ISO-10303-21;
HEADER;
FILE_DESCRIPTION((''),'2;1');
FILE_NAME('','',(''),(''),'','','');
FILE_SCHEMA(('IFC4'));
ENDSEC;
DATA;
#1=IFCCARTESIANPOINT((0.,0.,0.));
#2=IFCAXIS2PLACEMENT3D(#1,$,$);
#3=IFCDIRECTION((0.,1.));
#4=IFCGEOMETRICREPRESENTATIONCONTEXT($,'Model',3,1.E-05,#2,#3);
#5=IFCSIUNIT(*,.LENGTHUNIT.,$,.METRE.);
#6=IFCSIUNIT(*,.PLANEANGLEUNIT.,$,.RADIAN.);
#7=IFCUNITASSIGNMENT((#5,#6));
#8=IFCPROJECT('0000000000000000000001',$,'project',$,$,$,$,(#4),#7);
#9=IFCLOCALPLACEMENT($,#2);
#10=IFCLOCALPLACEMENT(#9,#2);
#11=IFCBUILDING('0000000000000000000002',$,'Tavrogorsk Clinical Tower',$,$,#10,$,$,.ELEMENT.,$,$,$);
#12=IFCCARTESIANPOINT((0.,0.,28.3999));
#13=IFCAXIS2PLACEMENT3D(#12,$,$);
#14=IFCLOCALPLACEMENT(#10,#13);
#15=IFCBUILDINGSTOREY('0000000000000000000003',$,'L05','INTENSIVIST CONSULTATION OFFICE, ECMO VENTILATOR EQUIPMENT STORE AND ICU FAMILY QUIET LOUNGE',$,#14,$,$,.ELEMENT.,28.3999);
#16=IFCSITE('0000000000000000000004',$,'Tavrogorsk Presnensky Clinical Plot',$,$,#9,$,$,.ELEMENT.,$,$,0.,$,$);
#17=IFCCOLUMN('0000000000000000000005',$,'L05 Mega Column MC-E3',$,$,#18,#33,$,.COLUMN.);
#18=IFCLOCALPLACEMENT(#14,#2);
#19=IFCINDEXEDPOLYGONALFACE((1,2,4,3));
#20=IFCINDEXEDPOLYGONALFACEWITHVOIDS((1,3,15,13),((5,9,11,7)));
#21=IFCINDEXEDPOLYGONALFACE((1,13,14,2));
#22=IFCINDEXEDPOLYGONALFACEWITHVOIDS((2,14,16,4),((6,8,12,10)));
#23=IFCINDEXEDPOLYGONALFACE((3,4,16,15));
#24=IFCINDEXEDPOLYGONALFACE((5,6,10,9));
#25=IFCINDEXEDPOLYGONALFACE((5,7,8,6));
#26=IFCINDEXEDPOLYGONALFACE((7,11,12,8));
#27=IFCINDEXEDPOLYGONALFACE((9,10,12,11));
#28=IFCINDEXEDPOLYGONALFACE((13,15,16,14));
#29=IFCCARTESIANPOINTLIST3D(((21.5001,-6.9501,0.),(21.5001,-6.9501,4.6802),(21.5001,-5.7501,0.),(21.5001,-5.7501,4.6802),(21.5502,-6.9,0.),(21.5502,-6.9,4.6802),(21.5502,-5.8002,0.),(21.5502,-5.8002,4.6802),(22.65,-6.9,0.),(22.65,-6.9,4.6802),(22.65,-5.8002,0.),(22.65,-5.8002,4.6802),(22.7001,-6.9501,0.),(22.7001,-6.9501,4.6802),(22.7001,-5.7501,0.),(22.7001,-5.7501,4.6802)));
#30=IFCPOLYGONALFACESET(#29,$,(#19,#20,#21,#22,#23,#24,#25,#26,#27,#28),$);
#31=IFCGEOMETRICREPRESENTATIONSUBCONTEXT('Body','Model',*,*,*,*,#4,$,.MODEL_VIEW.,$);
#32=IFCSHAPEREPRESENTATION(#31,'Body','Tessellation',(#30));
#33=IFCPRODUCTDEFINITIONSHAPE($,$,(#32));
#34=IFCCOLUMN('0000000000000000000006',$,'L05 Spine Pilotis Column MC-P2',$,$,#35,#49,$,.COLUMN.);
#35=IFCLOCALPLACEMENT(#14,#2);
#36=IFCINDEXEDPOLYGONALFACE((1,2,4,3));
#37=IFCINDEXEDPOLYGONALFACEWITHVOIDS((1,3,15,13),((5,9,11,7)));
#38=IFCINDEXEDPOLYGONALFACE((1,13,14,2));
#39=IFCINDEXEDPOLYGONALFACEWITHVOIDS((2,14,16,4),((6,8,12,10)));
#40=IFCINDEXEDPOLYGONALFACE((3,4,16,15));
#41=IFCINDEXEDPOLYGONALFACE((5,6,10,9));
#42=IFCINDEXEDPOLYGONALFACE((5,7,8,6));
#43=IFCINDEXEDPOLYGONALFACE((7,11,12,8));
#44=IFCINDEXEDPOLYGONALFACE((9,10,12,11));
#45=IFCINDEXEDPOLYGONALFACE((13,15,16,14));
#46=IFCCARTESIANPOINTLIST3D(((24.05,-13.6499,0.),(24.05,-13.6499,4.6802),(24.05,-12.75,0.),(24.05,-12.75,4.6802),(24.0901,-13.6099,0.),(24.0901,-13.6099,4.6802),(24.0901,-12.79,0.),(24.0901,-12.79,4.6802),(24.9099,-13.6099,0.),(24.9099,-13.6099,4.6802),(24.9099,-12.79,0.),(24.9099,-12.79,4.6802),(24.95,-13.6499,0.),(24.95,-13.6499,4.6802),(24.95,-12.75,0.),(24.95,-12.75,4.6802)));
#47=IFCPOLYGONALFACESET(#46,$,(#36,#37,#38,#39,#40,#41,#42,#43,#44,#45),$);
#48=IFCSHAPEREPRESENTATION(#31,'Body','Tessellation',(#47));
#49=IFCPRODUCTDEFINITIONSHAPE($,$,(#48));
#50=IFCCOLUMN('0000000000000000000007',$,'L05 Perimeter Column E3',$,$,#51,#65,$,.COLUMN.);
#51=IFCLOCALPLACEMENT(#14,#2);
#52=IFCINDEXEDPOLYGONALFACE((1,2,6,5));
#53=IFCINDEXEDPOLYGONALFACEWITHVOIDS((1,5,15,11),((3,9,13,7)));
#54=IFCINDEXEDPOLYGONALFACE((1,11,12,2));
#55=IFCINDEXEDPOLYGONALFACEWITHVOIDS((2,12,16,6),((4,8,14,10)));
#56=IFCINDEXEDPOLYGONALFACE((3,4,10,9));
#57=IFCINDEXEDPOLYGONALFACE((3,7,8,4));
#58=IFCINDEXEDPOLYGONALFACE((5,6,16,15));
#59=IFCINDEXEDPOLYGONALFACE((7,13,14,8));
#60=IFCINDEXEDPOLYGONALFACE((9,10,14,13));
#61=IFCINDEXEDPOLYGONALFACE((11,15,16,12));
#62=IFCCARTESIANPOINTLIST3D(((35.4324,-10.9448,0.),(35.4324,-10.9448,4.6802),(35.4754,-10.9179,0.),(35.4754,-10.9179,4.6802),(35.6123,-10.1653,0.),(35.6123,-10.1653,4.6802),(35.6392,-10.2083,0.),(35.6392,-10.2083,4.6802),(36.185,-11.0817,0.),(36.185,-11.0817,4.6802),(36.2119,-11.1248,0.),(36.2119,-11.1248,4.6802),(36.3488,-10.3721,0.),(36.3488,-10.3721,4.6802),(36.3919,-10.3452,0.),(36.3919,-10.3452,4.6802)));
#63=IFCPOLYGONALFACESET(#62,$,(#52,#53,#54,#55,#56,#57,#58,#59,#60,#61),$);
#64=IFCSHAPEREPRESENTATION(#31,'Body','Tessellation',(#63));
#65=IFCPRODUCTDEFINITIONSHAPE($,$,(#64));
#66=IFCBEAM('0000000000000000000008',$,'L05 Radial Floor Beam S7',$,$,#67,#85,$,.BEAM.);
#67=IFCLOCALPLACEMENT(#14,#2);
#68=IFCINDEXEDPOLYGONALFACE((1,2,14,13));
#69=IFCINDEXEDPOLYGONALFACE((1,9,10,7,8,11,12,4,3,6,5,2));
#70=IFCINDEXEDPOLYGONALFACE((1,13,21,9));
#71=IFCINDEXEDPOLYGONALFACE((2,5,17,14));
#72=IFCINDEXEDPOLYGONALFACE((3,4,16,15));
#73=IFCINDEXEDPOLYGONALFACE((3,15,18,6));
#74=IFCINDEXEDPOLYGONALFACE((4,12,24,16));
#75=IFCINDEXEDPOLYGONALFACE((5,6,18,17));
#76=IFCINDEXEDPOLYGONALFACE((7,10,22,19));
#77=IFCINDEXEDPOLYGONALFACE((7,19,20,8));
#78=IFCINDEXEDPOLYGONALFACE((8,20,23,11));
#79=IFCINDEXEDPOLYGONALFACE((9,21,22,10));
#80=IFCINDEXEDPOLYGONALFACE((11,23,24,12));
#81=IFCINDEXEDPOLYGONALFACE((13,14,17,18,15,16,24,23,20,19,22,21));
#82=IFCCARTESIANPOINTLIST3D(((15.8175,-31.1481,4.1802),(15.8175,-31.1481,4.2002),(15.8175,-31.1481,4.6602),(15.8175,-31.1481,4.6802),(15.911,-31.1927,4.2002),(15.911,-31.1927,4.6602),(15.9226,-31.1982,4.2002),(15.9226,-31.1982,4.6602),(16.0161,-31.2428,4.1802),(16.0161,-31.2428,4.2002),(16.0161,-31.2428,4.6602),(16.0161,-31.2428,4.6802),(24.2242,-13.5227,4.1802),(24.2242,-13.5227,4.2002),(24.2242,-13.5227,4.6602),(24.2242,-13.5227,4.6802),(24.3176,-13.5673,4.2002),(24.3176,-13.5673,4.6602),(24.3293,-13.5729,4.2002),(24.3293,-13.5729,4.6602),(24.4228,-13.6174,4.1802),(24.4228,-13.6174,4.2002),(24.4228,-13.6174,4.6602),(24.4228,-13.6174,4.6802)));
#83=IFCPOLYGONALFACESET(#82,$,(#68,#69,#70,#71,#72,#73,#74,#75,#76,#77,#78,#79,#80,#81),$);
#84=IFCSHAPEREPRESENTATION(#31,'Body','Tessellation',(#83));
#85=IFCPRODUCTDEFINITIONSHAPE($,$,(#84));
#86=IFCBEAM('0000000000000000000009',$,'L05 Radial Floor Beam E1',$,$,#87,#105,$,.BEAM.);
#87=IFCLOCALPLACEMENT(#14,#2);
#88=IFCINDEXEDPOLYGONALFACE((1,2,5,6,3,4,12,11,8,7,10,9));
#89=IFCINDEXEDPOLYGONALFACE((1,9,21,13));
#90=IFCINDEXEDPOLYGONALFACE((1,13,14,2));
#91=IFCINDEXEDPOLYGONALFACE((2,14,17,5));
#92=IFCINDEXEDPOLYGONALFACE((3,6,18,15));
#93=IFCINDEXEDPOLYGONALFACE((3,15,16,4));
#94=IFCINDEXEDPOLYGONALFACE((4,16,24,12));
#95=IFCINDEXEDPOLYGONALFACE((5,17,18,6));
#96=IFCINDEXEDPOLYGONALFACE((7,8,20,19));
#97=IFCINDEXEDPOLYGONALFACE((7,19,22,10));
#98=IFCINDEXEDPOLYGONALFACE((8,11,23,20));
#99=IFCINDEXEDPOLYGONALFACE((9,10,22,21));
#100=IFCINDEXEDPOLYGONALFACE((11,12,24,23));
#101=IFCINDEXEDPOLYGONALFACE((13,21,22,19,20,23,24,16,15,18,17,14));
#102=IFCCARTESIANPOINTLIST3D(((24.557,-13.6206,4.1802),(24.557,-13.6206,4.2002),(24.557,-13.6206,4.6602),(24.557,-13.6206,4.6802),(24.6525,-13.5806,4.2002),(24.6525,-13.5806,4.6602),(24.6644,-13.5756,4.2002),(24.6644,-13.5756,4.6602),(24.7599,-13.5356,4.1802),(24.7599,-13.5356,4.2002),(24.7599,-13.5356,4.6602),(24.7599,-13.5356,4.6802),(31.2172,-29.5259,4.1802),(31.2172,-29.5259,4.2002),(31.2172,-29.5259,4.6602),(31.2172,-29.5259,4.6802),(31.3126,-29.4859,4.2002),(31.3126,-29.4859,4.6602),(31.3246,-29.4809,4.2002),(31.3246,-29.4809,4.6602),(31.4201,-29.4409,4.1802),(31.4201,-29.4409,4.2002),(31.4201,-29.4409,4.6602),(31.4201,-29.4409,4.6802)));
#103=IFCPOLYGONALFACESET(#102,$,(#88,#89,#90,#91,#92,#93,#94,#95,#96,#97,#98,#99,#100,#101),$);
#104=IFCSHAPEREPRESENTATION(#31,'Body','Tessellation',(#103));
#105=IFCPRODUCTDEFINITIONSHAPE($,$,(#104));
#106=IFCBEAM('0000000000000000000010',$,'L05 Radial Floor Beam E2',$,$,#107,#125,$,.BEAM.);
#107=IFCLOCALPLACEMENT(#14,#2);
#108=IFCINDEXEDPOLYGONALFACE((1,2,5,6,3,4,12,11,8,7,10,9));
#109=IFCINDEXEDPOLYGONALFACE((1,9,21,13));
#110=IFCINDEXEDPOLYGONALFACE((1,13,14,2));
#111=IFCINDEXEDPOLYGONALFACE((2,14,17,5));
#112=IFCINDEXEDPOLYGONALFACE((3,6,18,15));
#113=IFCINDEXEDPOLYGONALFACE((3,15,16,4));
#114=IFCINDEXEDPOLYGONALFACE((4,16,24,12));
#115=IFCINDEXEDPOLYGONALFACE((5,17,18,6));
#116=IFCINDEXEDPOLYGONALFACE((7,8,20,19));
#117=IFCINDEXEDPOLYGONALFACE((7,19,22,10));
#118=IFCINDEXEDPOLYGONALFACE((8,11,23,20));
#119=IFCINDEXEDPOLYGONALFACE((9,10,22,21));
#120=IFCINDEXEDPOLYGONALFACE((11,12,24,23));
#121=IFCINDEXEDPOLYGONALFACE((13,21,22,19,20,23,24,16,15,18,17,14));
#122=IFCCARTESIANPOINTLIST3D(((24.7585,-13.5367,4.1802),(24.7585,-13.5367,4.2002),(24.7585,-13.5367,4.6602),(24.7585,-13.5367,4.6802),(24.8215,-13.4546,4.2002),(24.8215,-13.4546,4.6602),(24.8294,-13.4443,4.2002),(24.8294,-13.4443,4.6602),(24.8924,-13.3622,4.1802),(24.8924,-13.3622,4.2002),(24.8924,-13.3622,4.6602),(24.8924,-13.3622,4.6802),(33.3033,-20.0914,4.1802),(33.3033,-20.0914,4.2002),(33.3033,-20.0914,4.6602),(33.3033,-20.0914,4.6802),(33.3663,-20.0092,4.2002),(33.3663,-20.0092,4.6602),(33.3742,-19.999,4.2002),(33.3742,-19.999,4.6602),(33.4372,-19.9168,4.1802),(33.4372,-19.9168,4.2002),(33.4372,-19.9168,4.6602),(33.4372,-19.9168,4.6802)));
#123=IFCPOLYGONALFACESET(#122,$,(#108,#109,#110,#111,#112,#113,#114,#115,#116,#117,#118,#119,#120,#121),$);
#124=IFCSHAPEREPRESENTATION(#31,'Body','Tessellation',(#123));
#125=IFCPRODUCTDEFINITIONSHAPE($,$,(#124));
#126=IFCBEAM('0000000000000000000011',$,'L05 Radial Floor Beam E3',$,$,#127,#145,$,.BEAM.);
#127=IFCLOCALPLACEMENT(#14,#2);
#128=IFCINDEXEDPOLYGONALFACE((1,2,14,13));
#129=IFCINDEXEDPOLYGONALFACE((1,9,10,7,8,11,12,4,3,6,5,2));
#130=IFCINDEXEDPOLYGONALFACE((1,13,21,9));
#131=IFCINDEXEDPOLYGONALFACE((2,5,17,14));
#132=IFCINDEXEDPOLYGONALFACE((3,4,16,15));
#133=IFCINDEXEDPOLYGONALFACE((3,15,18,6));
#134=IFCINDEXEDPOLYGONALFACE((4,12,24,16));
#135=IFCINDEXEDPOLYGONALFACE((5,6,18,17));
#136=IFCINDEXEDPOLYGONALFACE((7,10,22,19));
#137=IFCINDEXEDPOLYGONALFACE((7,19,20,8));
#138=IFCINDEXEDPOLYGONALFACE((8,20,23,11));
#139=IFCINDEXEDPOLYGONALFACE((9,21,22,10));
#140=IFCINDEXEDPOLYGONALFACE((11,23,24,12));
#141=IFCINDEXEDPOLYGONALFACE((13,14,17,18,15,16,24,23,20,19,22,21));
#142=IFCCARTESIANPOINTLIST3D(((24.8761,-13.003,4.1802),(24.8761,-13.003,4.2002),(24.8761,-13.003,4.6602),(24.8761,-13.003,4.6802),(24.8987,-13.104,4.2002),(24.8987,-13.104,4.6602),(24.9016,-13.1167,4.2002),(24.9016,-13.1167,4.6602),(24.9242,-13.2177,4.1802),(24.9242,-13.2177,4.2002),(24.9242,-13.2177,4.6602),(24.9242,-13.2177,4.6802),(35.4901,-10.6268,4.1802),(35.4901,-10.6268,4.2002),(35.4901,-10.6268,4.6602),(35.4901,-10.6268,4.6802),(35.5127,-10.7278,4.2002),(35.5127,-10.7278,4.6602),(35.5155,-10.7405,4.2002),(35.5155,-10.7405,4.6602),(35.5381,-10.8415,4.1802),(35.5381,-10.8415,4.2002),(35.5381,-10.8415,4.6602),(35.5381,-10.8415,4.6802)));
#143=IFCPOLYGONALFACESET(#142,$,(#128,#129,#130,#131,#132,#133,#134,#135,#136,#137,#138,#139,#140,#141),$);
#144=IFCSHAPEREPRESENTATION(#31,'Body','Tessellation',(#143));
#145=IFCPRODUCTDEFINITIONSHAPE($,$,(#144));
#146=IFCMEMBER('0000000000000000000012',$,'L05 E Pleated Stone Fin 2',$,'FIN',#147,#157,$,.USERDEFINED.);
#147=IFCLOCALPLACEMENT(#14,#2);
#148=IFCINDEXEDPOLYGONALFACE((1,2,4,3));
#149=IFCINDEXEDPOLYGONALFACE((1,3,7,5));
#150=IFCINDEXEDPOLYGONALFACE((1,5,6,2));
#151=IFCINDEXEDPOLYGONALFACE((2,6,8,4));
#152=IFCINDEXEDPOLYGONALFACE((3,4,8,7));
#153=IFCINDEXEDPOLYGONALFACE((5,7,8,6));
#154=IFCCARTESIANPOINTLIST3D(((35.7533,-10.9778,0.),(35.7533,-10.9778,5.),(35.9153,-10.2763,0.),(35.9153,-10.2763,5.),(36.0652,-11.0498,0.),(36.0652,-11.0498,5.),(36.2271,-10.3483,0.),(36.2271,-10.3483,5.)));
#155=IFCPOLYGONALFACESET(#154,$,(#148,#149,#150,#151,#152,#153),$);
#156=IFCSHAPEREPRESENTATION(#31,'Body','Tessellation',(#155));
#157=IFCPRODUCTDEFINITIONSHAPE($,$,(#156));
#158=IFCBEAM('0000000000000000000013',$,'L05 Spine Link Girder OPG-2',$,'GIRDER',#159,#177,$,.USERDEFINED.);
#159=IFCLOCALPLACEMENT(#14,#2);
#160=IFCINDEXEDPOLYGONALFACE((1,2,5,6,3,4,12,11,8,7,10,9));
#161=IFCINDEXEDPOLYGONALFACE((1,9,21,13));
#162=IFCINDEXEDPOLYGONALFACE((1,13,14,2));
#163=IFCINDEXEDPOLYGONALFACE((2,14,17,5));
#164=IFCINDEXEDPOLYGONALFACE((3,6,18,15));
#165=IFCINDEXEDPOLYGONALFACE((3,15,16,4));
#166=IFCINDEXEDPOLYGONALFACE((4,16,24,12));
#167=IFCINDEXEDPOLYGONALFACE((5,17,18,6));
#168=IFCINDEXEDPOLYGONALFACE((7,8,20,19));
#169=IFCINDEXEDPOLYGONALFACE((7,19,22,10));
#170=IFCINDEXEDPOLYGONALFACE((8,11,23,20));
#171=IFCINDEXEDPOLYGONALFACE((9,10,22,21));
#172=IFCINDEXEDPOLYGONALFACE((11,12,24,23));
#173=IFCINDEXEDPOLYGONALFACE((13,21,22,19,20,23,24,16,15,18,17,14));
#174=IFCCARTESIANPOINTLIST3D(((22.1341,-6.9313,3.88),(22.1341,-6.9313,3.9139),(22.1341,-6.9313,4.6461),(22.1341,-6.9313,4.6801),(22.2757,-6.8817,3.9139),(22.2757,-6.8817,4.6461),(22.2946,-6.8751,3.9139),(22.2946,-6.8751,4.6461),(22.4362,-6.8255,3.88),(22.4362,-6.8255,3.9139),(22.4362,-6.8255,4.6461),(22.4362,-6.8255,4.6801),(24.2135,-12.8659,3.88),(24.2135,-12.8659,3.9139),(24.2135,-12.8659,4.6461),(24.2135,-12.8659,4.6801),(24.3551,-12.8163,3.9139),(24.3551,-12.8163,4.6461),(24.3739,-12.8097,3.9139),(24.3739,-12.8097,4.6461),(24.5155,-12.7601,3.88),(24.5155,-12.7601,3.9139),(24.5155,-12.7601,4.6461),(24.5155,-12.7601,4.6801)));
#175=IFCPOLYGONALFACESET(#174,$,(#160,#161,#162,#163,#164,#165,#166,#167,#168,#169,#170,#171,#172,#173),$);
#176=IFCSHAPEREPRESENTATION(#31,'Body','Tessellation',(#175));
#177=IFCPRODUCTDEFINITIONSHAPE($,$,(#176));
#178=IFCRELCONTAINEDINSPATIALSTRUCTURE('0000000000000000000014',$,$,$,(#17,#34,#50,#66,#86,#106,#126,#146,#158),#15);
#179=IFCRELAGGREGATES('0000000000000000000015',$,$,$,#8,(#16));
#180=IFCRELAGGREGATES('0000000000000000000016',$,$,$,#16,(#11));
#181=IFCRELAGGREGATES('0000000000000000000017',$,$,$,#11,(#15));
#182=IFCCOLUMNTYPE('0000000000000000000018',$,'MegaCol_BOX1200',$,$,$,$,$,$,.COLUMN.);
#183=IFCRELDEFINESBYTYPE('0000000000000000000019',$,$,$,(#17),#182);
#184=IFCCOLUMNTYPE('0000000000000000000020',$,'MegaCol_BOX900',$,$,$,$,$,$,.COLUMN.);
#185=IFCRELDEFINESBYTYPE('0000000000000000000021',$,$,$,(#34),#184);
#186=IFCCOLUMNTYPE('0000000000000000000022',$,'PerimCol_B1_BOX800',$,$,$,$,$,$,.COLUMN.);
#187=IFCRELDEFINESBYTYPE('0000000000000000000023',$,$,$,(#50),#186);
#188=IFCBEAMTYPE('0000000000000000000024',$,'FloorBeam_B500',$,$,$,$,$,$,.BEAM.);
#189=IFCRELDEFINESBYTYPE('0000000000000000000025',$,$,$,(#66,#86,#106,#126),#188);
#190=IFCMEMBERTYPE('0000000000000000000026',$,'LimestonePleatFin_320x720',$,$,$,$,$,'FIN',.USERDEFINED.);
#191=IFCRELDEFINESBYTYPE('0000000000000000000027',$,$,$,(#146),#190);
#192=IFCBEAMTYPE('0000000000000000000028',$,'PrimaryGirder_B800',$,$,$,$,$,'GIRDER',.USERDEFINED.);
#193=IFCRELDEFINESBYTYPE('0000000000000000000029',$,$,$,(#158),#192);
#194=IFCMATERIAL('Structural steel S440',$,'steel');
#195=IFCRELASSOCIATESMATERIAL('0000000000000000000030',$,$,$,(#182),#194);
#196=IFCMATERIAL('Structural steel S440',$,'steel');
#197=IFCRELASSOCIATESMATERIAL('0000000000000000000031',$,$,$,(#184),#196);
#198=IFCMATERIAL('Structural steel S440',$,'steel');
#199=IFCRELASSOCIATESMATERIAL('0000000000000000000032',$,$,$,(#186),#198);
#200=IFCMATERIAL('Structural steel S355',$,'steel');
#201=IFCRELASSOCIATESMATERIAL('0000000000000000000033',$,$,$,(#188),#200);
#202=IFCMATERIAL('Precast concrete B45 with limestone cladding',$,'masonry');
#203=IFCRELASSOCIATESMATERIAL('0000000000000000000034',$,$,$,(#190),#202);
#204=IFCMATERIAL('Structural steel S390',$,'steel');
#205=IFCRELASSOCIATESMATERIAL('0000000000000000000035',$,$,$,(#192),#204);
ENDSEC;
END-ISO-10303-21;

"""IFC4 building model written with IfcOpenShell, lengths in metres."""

from ifc_helpers import new_model, si_unit, direction, frame, origin, origin_2d, place, context, subcontext, project, spatial, rectangle, hollow_rectangle, i_section, extrude, material, material_profile, profile_set, type_object, element, save


model = new_model("IFC4")

# Units and contexts
model_context = context("Model", 3, precision=1e-05, world=origin(), true_north=direction((0.0, 1.0)))
body_context = subcontext(model_context, "Body", "Model", "MODEL_VIEW")
ifc_project = project(units=[si_unit("LENGTHUNIT", "METRE"), si_unit("PLANEANGLEUNIT", "RADIAN")], contexts=[model_context])

# Site, building, storey
site_placement = place(None, origin())
site = spatial("IfcSite", under=ifc_project, at=site_placement, Name="Tavrogorsk Presnensky Clinical Plot", CompositionType="ELEMENT", RefElevation=0.0)
building_placement = place(site_placement, origin())
building = spatial("IfcBuilding", under=site, at=building_placement, Name="Tavrogorsk Clinical Tower", CompositionType="ELEMENT")
storey_placement = place(building_placement, frame((0.0, 0.0, 28.3999)))
storey = spatial("IfcBuildingStorey", under=building, at=storey_placement, Name="L05", Description="INTENSIVIST CONSULTATION OFFICE, ECMO VENTILATOR EQUIPMENT STORE AND ICU FAMILY QUIET LOUNGE", CompositionType="ELEMENT", Elevation=28.3999)

# Columns
ifc_material_1 = material(Name="Structural steel S440", Category="steel")
ifc_material_profile_1 = material_profile(ifc_material_1, hollow_rectangle(XDim=1.2, YDim=1.2, WallThickness=0.05, at=origin_2d()), Name="BOX-1200x1200x50")
ifc_profile_set_1 = profile_set([ifc_material_profile_1], Name="Structural steel S440")
column_type_1 = type_object("IfcColumnType", Name="MegaCol_BOX1200", PredefinedType="COLUMN", material=ifc_profile_set_1)
column_1_placement = place(storey_placement, frame((22.1001, -6.3501, 0.0), z_axis=(0.0, 0.0, 1.0), x_axis=(1.0, 0.0, 0.0)))
element("IfcColumn", 1, at=column_1_placement, inside=storey, type_object=column_type_1, Name="L05 Mega Column MC-E3", PredefinedType="COLUMN", context=body_context, shape_type="SweptSolid", body=[
    extrude(hollow_rectangle(XDim=1.2, YDim=1.2, WallThickness=0.05, at=origin_2d()), origin(), (0.0, 0.0, 1.0), 4.6802),
])
ifc_material_2 = material(Name="Structural steel S440", Category="steel")
ifc_material_profile_2 = material_profile(ifc_material_2, hollow_rectangle(XDim=0.8999, YDim=0.8999, WallThickness=0.04, at=origin_2d()), Name="BOX-900x900x40")
ifc_profile_set_2 = profile_set([ifc_material_profile_2], Name="Structural steel S440")
column_type_2 = type_object("IfcColumnType", Name="MegaCol_BOX900", PredefinedType="COLUMN", material=ifc_profile_set_2)
column_2_placement = place(storey_placement, frame((24.5, -13.2, 0.0), z_axis=(0.0, 0.0, 1.0), x_axis=(1.0, 0.0, 0.0)))
element("IfcColumn", 2, at=column_2_placement, inside=storey, type_object=column_type_2, Name="L05 Spine Pilotis Column MC-P2", PredefinedType="COLUMN", context=body_context, shape_type="SweptSolid", body=[
    extrude(hollow_rectangle(XDim=0.8999, YDim=0.8999, WallThickness=0.04, at=origin_2d()), origin(), (0.0, 0.0, 1.0), 4.6802),
])
ifc_material_3 = material(Name="Structural steel S440", Category="steel")
ifc_material_profile_3 = material_profile(ifc_material_3, hollow_rectangle(XDim=0.8, YDim=0.8, WallThickness=0.0359, at=origin_2d()), Name="BOX-800x800x36")
ifc_profile_set_3 = profile_set([ifc_material_profile_3], Name="Structural steel S440")
column_type_3 = type_object("IfcColumnType", Name="PerimCol_B1_BOX800", PredefinedType="COLUMN", material=ifc_profile_set_3)
column_3_placement = place(storey_placement, frame((35.9121, -10.645, 0.0), z_axis=(0.0, 0.0, 1.0), x_axis=(0.97437, -0.224951, 0.0)))
element("IfcColumn", 3, at=column_3_placement, inside=storey, type_object=column_type_3, Name="L05 Perimeter Column E3", PredefinedType="COLUMN", context=body_context, shape_type="SweptSolid", body=[
    extrude(hollow_rectangle(XDim=0.8, YDim=0.8, WallThickness=0.0359, at=origin_2d()), origin(), (0.0, 0.0, 1.0), 4.6802),
])

# Beams
ifc_material_4 = material(Name="Structural steel S355", Category="steel")
ifc_material_profile_4 = material_profile(ifc_material_4, i_section(OverallWidth=0.22, OverallDepth=0.5, WebThickness=0.0129, FlangeThickness=0.02, at=origin_2d()), Name="B-500x220x13x20")
ifc_profile_set_4 = profile_set([ifc_material_profile_4], Name="Structural steel S355")
beam_type_1 = type_object("IfcBeamType", Name="FloorBeam_B500", PredefinedType="BEAM", material=ifc_profile_set_4)
beam_1_placement = place(storey_placement, frame((24.3235, -13.5701, 4.4302), z_axis=(-0.430503, -0.902589, 0.0), x_axis=(0.902589, -0.430503, 0.0)))
element("IfcBeam", 4, at=beam_1_placement, inside=storey, type_object=beam_type_1, Name="L05 Radial Floor Beam S7", PredefinedType="BEAM", context=body_context, shape_type="SweptSolid", body=[
    extrude(i_section(OverallWidth=0.22, OverallDepth=0.5, WebThickness=0.0129, FlangeThickness=0.02, at=origin_2d()), origin(), (0.0, 0.0, 1.0), 19.5276),
])
beam_2_placement = place(storey_placement, frame((24.6584, -13.5781, 4.4302), z_axis=(0.386243, -0.922397, 0.0), x_axis=(0.922397, 0.386243, 0.0)))
element("IfcBeam", 5, at=beam_2_placement, inside=storey, type_object=beam_type_1, Name="L05 Radial Floor Beam E1", PredefinedType="BEAM", context=body_context, shape_type="SweptSolid", body=[
    extrude(i_section(OverallWidth=0.22, OverallDepth=0.5, WebThickness=0.0129, FlangeThickness=0.02, at=origin_2d()), origin(), (0.0, 0.0, 1.0), 17.2434),
])
beam_3_placement = place(storey_placement, frame((24.8254, -13.4495, 4.4302), z_axis=(0.793446, -0.608641, 0.0), x_axis=(0.608641, 0.793446, 0.0)))
element("IfcBeam", 6, at=beam_3_placement, inside=storey, type_object=beam_type_1, Name="L05 Radial Floor Beam E2", PredefinedType="BEAM", context=body_context, shape_type="SweptSolid", body=[
    extrude(i_section(OverallWidth=0.22, OverallDepth=0.5, WebThickness=0.0129, FlangeThickness=0.02, at=origin_2d()), origin(), (0.0, 0.0, 1.0), 10.7693),
])
beam_4_placement = place(storey_placement, frame((24.9001, -13.1104, 4.4302), z_axis=(0.975844, 0.218468, 0.0), x_axis=(-0.218468, 0.975844, 0.0)))
element("IfcBeam", 7, at=beam_4_placement, inside=storey, type_object=beam_type_1, Name="L05 Radial Floor Beam E3", PredefinedType="BEAM", context=body_context, shape_type="SweptSolid", body=[
    extrude(i_section(OverallWidth=0.22, OverallDepth=0.5, WebThickness=0.0129, FlangeThickness=0.02, at=origin_2d()), origin(), (0.0, 0.0, 1.0), 10.8767),
])

# Member
ifc_material_5 = material(Name="Precast concrete B45 with limestone cladding", Category="masonry")
ifc_material_profile_5 = material_profile(ifc_material_5, rectangle(XDim=0.3201, YDim=0.72, at=origin_2d()), Name="LIMESTONE-FIN-320x720")
ifc_profile_set_5 = profile_set([ifc_material_profile_5], Name="Precast concrete B45 with limestone cladding")
member_type = type_object("IfcMemberType", Name="LimestonePleatFin_320x720", ElementType="FIN", PredefinedType="USERDEFINED", material=ifc_profile_set_5)
member_placement = place(storey_placement, frame((35.9902, -10.6631, 0.0), z_axis=(0.0, 0.0, 1.0), x_axis=(0.97437, -0.224951, 0.0)))
element("IfcMember", 8, at=member_placement, inside=storey, type_object=member_type, Name="L05 E Pleated Stone Fin 2", ObjectType="FIN", PredefinedType="USERDEFINED", context=body_context, shape_type="SweptSolid", body=[
    extrude(rectangle(XDim=0.3201, YDim=0.72, at=origin_2d()), origin(), (0.0, 0.0, 1.0), 5.0),
])

# Beam
ifc_material_6 = material(Name="Structural steel S390", Category="steel")
ifc_material_profile_6 = material_profile(ifc_material_6, i_section(OverallWidth=0.3201, OverallDepth=0.8, WebThickness=0.02, FlangeThickness=0.0339, at=origin_2d()), Name="B-800x320x20x34")
ifc_profile_set_6 = profile_set([ifc_material_profile_6], Name="Structural steel S390")
beam_type_2 = type_object("IfcBeamType", Name="PrimaryGirder_B800", ElementType="GIRDER", PredefinedType="USERDEFINED", material=ifc_profile_set_6)
beam_5_placement = place(storey_placement, frame((24.3645, -12.813, 4.28), z_axis=(-0.330669, 0.943747, 0.0), x_axis=(-0.943747, -0.330669, 0.0)))
element("IfcBeam", 9, at=beam_5_placement, inside=storey, type_object=beam_type_2, Name="L05 Spine Link Girder OPG-2", ObjectType="GIRDER", PredefinedType="USERDEFINED", context=body_context, shape_type="SweptSolid", body=[
    extrude(i_section(OverallWidth=0.3201, OverallDepth=0.8, WebThickness=0.02, FlangeThickness=0.0339, at=origin_2d()), origin(), (0.0, 0.0, 1.0), 6.2883),
])

save(model, "model.ifc")
